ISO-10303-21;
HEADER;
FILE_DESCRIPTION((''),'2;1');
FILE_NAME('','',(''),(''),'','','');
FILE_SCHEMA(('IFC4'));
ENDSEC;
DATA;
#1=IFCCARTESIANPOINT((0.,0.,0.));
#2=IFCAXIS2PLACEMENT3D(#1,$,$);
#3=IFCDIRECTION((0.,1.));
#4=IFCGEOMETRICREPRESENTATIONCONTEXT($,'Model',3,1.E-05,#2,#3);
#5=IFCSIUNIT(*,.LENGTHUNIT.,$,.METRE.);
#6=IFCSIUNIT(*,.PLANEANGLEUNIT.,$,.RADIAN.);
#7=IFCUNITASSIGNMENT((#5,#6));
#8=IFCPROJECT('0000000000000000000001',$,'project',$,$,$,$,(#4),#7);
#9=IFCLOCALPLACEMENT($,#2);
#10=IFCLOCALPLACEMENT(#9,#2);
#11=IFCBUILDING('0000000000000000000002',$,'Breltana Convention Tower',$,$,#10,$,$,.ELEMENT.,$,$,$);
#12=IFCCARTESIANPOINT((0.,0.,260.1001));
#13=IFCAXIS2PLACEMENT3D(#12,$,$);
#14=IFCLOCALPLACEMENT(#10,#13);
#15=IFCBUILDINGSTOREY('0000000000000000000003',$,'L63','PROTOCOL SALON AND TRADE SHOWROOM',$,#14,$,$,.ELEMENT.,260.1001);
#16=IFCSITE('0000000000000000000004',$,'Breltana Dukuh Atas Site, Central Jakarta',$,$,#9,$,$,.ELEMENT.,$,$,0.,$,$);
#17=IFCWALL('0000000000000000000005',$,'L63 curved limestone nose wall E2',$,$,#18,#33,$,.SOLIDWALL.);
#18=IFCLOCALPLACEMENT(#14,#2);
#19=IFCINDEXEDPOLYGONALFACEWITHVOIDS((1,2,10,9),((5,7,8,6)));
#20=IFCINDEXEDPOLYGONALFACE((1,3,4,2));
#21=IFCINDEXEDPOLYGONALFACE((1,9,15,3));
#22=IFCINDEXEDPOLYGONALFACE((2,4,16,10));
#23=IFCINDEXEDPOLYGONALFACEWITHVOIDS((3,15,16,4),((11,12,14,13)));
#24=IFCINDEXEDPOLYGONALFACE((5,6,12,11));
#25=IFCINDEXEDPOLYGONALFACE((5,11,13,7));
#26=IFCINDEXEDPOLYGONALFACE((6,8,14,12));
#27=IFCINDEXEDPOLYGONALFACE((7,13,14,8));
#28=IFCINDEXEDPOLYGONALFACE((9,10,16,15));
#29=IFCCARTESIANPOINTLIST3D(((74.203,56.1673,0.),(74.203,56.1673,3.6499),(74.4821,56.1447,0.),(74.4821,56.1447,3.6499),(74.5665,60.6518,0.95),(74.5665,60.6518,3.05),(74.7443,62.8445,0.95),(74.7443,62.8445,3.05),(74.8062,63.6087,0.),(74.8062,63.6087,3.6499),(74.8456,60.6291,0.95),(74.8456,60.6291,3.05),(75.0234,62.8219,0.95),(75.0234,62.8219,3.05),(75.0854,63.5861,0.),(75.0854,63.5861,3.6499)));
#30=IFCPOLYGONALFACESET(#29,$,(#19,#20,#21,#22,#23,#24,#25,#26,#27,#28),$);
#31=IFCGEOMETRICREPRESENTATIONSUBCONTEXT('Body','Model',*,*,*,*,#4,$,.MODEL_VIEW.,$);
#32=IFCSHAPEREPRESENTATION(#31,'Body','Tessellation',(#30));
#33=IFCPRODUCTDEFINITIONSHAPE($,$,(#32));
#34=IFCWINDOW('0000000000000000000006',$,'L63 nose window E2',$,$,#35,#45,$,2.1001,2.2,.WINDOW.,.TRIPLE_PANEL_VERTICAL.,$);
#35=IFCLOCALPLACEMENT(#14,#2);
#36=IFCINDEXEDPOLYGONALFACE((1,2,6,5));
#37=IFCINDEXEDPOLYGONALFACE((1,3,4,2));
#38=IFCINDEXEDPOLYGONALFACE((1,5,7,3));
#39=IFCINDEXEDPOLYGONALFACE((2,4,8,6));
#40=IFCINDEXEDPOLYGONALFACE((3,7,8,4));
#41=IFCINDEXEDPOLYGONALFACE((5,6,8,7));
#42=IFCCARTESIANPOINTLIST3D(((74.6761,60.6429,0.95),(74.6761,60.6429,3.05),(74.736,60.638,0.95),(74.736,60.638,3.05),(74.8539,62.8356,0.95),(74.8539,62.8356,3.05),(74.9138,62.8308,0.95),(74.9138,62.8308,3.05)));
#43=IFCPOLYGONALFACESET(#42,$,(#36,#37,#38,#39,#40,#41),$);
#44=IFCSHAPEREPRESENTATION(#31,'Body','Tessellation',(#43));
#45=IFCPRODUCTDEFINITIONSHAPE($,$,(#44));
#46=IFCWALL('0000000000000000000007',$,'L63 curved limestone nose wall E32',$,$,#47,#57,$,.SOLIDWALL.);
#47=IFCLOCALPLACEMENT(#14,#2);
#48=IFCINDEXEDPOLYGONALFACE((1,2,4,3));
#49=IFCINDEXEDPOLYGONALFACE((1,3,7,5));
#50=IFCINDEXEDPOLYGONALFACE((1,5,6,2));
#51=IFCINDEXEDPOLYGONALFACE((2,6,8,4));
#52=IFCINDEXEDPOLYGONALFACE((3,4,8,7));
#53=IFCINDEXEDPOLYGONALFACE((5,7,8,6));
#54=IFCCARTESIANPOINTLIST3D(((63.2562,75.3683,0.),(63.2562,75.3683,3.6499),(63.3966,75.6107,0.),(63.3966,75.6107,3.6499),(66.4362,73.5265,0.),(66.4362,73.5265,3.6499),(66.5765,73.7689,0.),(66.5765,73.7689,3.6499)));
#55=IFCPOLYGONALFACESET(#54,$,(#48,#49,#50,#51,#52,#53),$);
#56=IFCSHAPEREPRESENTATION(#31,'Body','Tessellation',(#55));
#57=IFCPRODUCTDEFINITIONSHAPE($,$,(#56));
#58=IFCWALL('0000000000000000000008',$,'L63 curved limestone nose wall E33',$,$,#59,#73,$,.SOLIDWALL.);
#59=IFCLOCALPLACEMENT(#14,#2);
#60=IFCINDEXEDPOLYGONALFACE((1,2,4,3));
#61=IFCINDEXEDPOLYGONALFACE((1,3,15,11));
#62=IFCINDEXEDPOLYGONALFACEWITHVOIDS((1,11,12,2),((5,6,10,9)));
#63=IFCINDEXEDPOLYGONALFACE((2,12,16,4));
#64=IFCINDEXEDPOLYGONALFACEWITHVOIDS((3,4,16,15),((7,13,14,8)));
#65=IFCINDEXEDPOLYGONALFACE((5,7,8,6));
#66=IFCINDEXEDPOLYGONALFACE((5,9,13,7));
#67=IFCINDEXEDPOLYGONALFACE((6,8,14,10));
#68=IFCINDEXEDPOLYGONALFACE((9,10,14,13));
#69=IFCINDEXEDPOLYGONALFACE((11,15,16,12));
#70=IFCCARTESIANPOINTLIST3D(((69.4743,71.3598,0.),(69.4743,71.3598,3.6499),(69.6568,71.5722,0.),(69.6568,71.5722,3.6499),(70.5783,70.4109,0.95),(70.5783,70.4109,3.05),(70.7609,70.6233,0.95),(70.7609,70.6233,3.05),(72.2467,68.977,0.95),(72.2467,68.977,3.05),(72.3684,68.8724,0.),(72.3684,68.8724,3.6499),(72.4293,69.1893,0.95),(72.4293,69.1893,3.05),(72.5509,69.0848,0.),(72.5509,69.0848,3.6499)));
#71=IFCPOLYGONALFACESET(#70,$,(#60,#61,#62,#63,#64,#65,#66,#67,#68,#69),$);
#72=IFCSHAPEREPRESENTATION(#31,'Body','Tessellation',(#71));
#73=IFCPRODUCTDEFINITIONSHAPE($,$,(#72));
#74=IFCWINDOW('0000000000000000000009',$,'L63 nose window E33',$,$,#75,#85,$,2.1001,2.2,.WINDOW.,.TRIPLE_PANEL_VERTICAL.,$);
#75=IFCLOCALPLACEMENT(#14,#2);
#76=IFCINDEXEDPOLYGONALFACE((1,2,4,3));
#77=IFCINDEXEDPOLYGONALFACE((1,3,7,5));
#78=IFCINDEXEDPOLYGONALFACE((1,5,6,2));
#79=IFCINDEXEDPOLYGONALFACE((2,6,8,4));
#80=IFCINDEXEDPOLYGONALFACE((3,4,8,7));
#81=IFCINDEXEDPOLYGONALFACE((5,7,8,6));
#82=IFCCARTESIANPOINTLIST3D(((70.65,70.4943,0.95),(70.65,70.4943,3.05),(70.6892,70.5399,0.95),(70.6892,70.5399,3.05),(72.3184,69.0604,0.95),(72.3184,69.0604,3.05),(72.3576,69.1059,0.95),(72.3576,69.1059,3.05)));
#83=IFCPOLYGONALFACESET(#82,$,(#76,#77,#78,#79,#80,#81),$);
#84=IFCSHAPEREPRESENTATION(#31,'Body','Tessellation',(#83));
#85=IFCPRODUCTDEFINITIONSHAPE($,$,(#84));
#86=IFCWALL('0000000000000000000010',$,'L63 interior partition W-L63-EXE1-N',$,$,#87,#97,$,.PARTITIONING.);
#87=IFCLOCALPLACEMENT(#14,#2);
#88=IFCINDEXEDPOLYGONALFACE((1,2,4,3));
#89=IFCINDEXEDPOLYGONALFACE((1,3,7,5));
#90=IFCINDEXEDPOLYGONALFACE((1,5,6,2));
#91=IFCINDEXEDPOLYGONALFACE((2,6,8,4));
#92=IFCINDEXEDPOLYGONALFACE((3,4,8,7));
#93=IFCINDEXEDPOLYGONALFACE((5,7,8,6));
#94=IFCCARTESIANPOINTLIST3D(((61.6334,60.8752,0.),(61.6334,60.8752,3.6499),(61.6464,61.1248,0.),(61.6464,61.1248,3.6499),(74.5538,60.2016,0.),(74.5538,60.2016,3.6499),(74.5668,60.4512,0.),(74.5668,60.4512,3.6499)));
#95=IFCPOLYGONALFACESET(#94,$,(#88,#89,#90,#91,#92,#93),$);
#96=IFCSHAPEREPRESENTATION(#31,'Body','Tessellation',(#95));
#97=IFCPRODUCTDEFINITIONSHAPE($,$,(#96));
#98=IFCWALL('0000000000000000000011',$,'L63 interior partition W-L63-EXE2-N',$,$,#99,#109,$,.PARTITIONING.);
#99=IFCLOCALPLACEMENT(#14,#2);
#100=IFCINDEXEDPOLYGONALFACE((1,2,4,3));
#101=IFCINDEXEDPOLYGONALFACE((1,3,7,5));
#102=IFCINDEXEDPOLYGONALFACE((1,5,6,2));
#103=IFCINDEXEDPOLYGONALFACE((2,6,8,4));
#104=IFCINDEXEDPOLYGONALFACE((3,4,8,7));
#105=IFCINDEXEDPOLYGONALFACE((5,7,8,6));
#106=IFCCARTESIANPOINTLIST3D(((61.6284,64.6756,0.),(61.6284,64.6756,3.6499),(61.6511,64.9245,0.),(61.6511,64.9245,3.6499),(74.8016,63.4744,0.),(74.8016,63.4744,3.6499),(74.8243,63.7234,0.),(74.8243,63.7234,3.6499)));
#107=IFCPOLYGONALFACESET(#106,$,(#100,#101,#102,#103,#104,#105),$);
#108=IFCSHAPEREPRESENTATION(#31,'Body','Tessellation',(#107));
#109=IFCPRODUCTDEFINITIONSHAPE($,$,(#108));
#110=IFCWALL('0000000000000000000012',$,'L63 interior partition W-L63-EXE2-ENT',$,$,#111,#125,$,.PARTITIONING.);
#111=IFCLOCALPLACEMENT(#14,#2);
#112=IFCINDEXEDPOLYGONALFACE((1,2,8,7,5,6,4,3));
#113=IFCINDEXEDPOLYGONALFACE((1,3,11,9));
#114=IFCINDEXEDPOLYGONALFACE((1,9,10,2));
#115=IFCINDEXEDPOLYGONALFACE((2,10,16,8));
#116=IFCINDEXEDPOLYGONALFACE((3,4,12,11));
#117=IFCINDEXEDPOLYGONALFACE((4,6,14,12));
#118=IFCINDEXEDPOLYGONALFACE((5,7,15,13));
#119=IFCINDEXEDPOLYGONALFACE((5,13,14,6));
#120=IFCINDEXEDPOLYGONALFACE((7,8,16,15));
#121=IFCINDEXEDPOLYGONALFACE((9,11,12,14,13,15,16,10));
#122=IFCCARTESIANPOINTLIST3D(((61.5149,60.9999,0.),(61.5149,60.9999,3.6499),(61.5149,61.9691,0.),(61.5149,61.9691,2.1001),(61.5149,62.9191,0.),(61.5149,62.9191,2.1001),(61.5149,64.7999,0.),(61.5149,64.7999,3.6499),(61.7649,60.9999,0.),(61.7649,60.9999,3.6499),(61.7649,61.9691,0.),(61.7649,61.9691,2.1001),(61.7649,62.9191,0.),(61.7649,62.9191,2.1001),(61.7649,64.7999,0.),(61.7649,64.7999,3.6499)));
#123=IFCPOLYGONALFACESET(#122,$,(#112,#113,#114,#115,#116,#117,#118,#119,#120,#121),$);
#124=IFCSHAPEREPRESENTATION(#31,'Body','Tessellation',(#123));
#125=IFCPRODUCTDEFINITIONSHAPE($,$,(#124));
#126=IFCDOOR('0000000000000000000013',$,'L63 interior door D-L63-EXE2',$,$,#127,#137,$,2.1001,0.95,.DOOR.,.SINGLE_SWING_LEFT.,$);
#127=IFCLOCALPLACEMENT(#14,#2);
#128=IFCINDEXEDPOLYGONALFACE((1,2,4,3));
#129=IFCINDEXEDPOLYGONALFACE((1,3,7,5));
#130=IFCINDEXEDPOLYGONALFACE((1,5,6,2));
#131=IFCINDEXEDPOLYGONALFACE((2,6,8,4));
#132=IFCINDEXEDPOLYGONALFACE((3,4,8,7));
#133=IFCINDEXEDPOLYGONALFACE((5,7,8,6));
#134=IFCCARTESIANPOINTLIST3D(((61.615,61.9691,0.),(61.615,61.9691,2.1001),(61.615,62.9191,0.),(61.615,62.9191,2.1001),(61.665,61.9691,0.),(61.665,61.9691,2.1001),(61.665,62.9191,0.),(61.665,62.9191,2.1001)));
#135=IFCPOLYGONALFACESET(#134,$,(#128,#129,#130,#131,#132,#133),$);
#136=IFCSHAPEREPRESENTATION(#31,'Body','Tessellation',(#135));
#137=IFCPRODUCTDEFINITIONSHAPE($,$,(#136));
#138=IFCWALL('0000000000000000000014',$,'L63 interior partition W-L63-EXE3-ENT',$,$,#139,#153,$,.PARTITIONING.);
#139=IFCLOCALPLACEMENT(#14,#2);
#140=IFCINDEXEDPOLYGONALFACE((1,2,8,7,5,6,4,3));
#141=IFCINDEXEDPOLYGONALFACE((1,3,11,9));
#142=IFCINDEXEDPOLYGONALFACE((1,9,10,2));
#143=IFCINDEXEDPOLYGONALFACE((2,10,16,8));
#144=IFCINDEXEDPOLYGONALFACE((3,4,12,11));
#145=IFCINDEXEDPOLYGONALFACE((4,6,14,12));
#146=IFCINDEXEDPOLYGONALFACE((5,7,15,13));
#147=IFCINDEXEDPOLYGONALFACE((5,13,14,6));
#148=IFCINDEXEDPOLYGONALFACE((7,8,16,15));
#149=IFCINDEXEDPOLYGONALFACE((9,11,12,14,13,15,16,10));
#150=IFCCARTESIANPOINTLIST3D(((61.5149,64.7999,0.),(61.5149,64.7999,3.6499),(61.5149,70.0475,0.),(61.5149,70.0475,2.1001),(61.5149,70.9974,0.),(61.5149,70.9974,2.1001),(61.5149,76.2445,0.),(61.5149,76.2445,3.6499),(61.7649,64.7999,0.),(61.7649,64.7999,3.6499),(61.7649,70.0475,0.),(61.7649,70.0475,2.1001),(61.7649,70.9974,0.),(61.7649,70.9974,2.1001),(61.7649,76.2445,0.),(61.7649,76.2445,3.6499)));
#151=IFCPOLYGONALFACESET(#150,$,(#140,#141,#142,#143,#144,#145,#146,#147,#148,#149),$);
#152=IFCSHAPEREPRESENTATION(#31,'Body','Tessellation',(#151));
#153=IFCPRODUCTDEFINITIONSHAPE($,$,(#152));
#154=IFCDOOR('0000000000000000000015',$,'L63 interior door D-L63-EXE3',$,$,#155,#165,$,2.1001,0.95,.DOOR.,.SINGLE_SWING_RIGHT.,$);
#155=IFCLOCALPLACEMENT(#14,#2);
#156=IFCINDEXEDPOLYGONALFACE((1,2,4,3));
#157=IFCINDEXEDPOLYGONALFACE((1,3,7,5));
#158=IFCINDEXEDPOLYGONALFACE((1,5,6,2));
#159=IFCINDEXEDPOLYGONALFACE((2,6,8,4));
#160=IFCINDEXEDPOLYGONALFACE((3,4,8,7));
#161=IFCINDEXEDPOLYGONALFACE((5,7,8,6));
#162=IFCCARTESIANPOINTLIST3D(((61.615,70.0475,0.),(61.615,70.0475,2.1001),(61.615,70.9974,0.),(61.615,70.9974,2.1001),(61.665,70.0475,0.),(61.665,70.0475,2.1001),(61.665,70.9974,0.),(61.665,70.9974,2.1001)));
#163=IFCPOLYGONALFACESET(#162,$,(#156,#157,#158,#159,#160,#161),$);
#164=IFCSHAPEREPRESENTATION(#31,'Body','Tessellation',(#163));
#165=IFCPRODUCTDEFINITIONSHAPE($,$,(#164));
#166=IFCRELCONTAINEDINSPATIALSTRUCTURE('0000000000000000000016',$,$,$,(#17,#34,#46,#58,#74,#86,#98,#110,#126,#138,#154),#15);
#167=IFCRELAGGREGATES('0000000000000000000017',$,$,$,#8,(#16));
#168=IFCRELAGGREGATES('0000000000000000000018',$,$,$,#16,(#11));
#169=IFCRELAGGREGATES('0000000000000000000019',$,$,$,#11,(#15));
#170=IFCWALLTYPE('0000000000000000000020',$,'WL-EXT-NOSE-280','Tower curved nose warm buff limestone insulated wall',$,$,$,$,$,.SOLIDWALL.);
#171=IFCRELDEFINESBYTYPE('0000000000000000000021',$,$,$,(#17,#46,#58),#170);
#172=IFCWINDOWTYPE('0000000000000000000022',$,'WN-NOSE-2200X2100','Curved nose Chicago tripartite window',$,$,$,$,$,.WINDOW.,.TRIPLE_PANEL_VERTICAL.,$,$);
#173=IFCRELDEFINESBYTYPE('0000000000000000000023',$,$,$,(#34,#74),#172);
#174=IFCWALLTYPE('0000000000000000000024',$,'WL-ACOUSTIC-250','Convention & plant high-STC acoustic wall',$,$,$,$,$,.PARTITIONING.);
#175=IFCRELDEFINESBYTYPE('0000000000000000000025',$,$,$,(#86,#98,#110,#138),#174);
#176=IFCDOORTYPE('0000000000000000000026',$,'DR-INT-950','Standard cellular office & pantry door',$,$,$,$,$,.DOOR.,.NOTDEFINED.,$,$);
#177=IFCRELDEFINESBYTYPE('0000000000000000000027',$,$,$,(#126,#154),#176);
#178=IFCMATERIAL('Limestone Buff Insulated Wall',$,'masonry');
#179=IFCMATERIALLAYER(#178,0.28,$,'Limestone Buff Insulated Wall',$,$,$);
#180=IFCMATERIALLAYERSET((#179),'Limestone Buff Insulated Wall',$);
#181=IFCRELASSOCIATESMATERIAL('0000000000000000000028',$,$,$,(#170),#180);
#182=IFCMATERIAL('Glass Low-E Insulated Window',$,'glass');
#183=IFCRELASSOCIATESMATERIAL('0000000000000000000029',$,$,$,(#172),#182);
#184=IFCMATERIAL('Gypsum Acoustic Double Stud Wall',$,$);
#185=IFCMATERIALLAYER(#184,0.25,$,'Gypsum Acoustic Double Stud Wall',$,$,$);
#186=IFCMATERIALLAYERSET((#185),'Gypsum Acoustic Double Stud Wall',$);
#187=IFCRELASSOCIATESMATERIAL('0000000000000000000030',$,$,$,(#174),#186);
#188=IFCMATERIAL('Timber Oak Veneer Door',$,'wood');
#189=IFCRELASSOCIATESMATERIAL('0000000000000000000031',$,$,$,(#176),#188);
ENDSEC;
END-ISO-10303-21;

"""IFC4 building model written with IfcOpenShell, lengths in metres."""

from ifc_helpers import new_model, si_unit, direction, frame, frame_2d, origin, place, context, subcontext, project, spatial, rectangle, extrude, source, transform, mapped, material, layer, layer_set, type_object, type_shapes, element, fill, save


model = new_model("IFC4")

# Units and contexts
model_context = context("Model", 3, precision=1e-05, world=origin(), true_north=direction((0.0, 1.0)))
body_context = subcontext(model_context, "Body", "Model", "MODEL_VIEW")
ifc_project = project(units=[si_unit("LENGTHUNIT", "METRE"), si_unit("PLANEANGLEUNIT", "RADIAN")], contexts=[model_context])

# Site, building, storey
site_placement = place(None, origin())
site = spatial("IfcSite", under=ifc_project, at=site_placement, Name="Breltana Dukuh Atas Site, Central Jakarta", CompositionType="ELEMENT", RefElevation=0.0)
building_placement = place(site_placement, origin())
building = spatial("IfcBuilding", under=site, at=building_placement, Name="Breltana Convention Tower", CompositionType="ELEMENT")
storey_placement = place(building_placement, frame((0.0, 0.0, 260.1001)))
storey = spatial("IfcBuildingStorey", under=building, at=storey_placement, Name="L63", Description="PROTOCOL SALON AND TRADE SHOWROOM", CompositionType="ELEMENT", Elevation=260.1001)

# Wall, opening, window
ifc_material_1 = material(Name="Limestone Buff Insulated Wall", Category="masonry")
ifc_layer_1 = layer(ifc_material_1, 0.28, Name="Limestone Buff Insulated Wall")
ifc_layer_set_1 = layer_set([ifc_layer_1], Name="Limestone Buff Insulated Wall")
wall_type_1 = type_object("IfcWallType", Name="WL-EXT-NOSE-280", Description="Tower curved nose warm buff limestone insulated wall", PredefinedType="SOLIDWALL", material=ifc_layer_set_1)
ifc_material_2 = material(Name="Glass Low-E Insulated Window", Category="glass")
window_type = type_object("IfcWindowType", Name="WN-NOSE-2200X2100", Description="Curved nose Chicago tripartite window", PartitioningType="TRIPLE_PANEL_VERTICAL", PredefinedType="WINDOW", material=ifc_material_2)
shared_shape_1 = source(origin(), body_context, "Body", "SweptSolid", [
    extrude(rectangle(XDim=2.2, YDim=2.1001, at=frame_2d((1.1001, 1.05))), frame((0.0, 0.03, 0.0), z_axis=(0.0, -1.0, 0.0), x_axis=(1.0, 0.0, 0.0)), (0.0, 0.0, 1.0), 0.0601),
])
type_shapes(window_type, [shared_shape_1])
shared_shape_2 = source(origin(), body_context, "Body", "SweptSolid", [
    extrude(rectangle(XDim=7.4658, YDim=0.28, at=frame_2d((3.7329, 0.0))), origin(), (0.0, 0.0, 1.0), 3.6499),
])
wall_1_placement = place(storey_placement, frame((74.9458, 63.5974, 0.0), z_axis=(0.0, 0.0, 1.0), x_axis=(-0.080804, -0.99673, 0.0)))
wall_1 = element("IfcWall", 1, at=wall_1_placement, inside=storey, type_object=wall_type_1, Name="L63 curved limestone nose wall E2", PredefinedType="SOLIDWALL", context=body_context, shape_type="MappedRepresentation", body=[
    mapped(shared_shape_2, transform((0.0, 0.0, 0.0), scale=1.0)),
])
opening_1_placement = place(wall_1_placement, frame((0.7666, 0.0, 0.95)))
opening_1 = element("IfcOpeningElement", 2, at=opening_1_placement, cuts=wall_1, PredefinedType="OPENING", context=body_context, shape_type="SweptSolid", body=[
    extrude(rectangle(XDim=2.2, YDim=2.1001, at=frame_2d((1.1001, 1.05))), frame((0.0, 0.1499, 0.0), z_axis=(0.0, -1.0, 0.0), x_axis=(1.0, 0.0, 0.0)), (0.0, 0.0, 1.0), 0.3),
])
window_1_placement = place(opening_1_placement, origin())
window_1 = element("IfcWindow", 3, at=window_1_placement, inside=storey, type_object=window_type, Name="L63 nose window E2", OverallHeight=2.1001, OverallWidth=2.2, PartitioningType="TRIPLE_PANEL_VERTICAL", PredefinedType="WINDOW", context=body_context, shape_type="MappedRepresentation", body=[
    mapped(shared_shape_1, transform((0.0, 0.0, 0.0), scale=1.0)),
])
fill(opening_1, window_1)

# Wall
shared_shape_3 = source(origin(), body_context, "Body", "SweptSolid", [
    extrude(rectangle(XDim=3.6748, YDim=0.28, at=frame_2d((1.8374, 0.0))), origin(), (0.0, 0.0, 1.0), 3.6499),
])
wall_2_placement = place(storey_placement, frame((63.3264, 75.4895, 0.0), z_axis=(0.0, 0.0, 1.0), x_axis=(0.865334, -0.501196, 0.0)))
element("IfcWall", 4, at=wall_2_placement, inside=storey, type_object=wall_type_1, Name="L63 curved limestone nose wall E32", PredefinedType="SOLIDWALL", context=body_context, shape_type="MappedRepresentation", body=[
    mapped(shared_shape_3, transform((0.0, 0.0, 0.0), scale=1.0)),
])

# Wall, opening, window
shared_shape_4 = source(origin(), body_context, "Body", "SweptSolid", [
    extrude(rectangle(XDim=3.8162, YDim=0.28, at=frame_2d((1.9082, 0.0))), origin(), (0.0, 0.0, 1.0), 3.6499),
])
wall_3_placement = place(storey_placement, frame((69.5654, 71.4661, 0.0), z_axis=(0.0, 0.0, 1.0), x_axis=(0.758389, -0.651802, 0.0)))
wall_3 = element("IfcWall", 5, at=wall_3_placement, inside=storey, type_object=wall_type_1, Name="L63 curved limestone nose wall E33", PredefinedType="SOLIDWALL", context=body_context, shape_type="MappedRepresentation", body=[
    mapped(shared_shape_4, transform((0.0, 0.0, 0.0), scale=1.0)),
])
opening_2_placement = place(wall_3_placement, frame((1.4558, 0.0, 0.95)))
opening_2 = element("IfcOpeningElement", 6, at=opening_2_placement, cuts=wall_3, PredefinedType="OPENING", context=body_context, shape_type="SweptSolid", body=[
    extrude(rectangle(XDim=2.2, YDim=2.1001, at=frame_2d((1.1001, 1.05))), frame((0.0, 0.1499, 0.0), z_axis=(0.0, -1.0, 0.0), x_axis=(1.0, 0.0, 0.0)), (0.0, 0.0, 1.0), 0.3),
])
window_2_placement = place(opening_2_placement, origin())
window_2 = element("IfcWindow", 7, at=window_2_placement, inside=storey, type_object=window_type, Name="L63 nose window E33", OverallHeight=2.1001, OverallWidth=2.2, PartitioningType="TRIPLE_PANEL_VERTICAL", PredefinedType="WINDOW", context=body_context, shape_type="MappedRepresentation", body=[
    mapped(shared_shape_1, transform((0.0, 0.0, 0.0), scale=1.0)),
])
fill(opening_2, window_2)

# Walls
ifc_material_3 = material(Name="Gypsum Acoustic Double Stud Wall")
ifc_layer_2 = layer(ifc_material_3, 0.25, Name="Gypsum Acoustic Double Stud Wall")
ifc_layer_set_2 = layer_set([ifc_layer_2], Name="Gypsum Acoustic Double Stud Wall")
wall_type_2 = type_object("IfcWallType", Name="WL-ACOUSTIC-250", Description="Convention & plant high-STC acoustic wall", PredefinedType="PARTITIONING", material=ifc_layer_set_2)
shared_shape_5 = source(origin(), body_context, "Body", "SweptSolid", [
    extrude(rectangle(XDim=12.938, YDim=0.25, at=frame_2d((6.469, 0.0))), origin(), (0.0, 0.0, 1.0), 3.6499),
])
wall_4_placement = place(storey_placement, frame((61.6399, 61.0, 0.0), z_axis=(0.0, 0.0, 1.0), x_axis=(0.998644, -0.052063, 0.0)))
element("IfcWall", 8, at=wall_4_placement, inside=storey, type_object=wall_type_2, Name="L63 interior partition W-L63-EXE1-N", PredefinedType="PARTITIONING", context=body_context, shape_type="MappedRepresentation", body=[
    mapped(shared_shape_5, transform((0.0, 0.0, 0.0), scale=1.0)),
])
shared_shape_6 = source(origin(), body_context, "Body", "SweptSolid", [
    extrude(rectangle(XDim=13.2278, YDim=0.25, at=frame_2d((6.6138, 0.0))), origin(), (0.0, 0.0, 1.0), 3.6499),
])
wall_5_placement = place(storey_placement, frame((61.6399, 64.8, 0.0), z_axis=(0.0, 0.0, 1.0), x_axis=(0.995869, -0.090807, 0.0)))
element("IfcWall", 9, at=wall_5_placement, inside=storey, type_object=wall_type_2, Name="L63 interior partition W-L63-EXE2-N", PredefinedType="PARTITIONING", context=body_context, shape_type="MappedRepresentation", body=[
    mapped(shared_shape_6, transform((0.0, 0.0, 0.0), scale=1.0)),
])

# Walls, openings, doors
shared_shape_7 = source(origin(), body_context, "Body", "SweptSolid", [
    extrude(rectangle(XDim=3.8, YDim=0.25, at=frame_2d((1.8999, 0.0))), origin(), (0.0, 0.0, 1.0), 3.6499),
])
wall_6_placement = place(storey_placement, frame((61.6399, 61.0, 0.0), z_axis=(0.0, 0.0, 1.0), x_axis=(0.0, 1.0, 0.0)))
wall_6 = element("IfcWall", 10, at=wall_6_placement, inside=storey, type_object=wall_type_2, Name="L63 interior partition W-L63-EXE2-ENT", PredefinedType="PARTITIONING", context=body_context, shape_type="MappedRepresentation", body=[
    mapped(shared_shape_7, transform((0.0, 0.0, 0.0), scale=1.0)),
])
opening_3_placement = place(wall_6_placement, frame((0.969, 0.0, 0.0)))
opening_3 = element("IfcOpeningElement", 11, at=opening_3_placement, cuts=wall_6, PredefinedType="OPENING", context=body_context, shape_type="SweptSolid", body=[
    extrude(rectangle(XDim=0.95, YDim=2.1001, at=frame_2d((0.4751, 1.05))), frame((0.0, 0.135, 0.0), z_axis=(0.0, -1.0, 0.0), x_axis=(1.0, 0.0, 0.0)), (0.0, 0.0, 1.0), 0.27),
])
ifc_material_4 = material(Name="Timber Oak Veneer Door", Category="wood")
door_type = type_object("IfcDoorType", Name="DR-INT-950", Description="Standard cellular office & pantry door", OperationType="NOTDEFINED", PredefinedType="DOOR", material=ifc_material_4)
shared_shape_8 = source(origin(), body_context, "Body", "SweptSolid", [
    extrude(rectangle(XDim=0.95, YDim=2.1001, at=frame_2d((0.4751, 1.05))), frame((0.0, 0.0249, 0.0), z_axis=(0.0, -1.0, 0.0), x_axis=(1.0, 0.0, 0.0)), (0.0, 0.0, 1.0), 0.05),
])
type_shapes(door_type, [shared_shape_8])
door_1_placement = place(opening_3_placement, origin())
door_1 = element("IfcDoor", 12, at=door_1_placement, inside=storey, type_object=door_type, Name="L63 interior door D-L63-EXE2", OperationType="SINGLE_SWING_LEFT", OverallHeight=2.1001, OverallWidth=0.95, PredefinedType="DOOR", context=body_context, shape_type="MappedRepresentation", body=[
    mapped(shared_shape_8, transform((0.0, 0.0, 0.0), scale=1.0)),
])
fill(opening_3, door_1)
shared_shape_9 = source(origin(), body_context, "Body", "SweptSolid", [
    extrude(rectangle(XDim=11.4446, YDim=0.25, at=frame_2d((5.7222, 0.0))), origin(), (0.0, 0.0, 1.0), 3.6499),
])
wall_7_placement = place(storey_placement, frame((61.6399, 64.8, 0.0), z_axis=(0.0, 0.0, 1.0), x_axis=(0.0, 1.0, 0.0)))
wall_7 = element("IfcWall", 13, at=wall_7_placement, inside=storey, type_object=wall_type_2, Name="L63 interior partition W-L63-EXE3-ENT", PredefinedType="PARTITIONING", context=body_context, shape_type="MappedRepresentation", body=[
    mapped(shared_shape_9, transform((0.0, 0.0, 0.0), scale=1.0)),
])
opening_4_placement = place(wall_7_placement, frame((5.2473, 0.0, 0.0)))
opening_4 = element("IfcOpeningElement", 14, at=opening_4_placement, cuts=wall_7, PredefinedType="OPENING", context=body_context, shape_type="SweptSolid", body=[
    extrude(rectangle(XDim=0.95, YDim=2.1001, at=frame_2d((0.4751, 1.05))), frame((0.0, 0.135, 0.0), z_axis=(0.0, -1.0, 0.0), x_axis=(1.0, 0.0, 0.0)), (0.0, 0.0, 1.0), 0.27),
])
door_2_placement = place(opening_4_placement, origin())
door_2 = element("IfcDoor", 15, at=door_2_placement, inside=storey, type_object=door_type, Name="L63 interior door D-L63-EXE3", OperationType="SINGLE_SWING_RIGHT", OverallHeight=2.1001, OverallWidth=0.95, PredefinedType="DOOR", context=body_context, shape_type="MappedRepresentation", body=[
    mapped(shared_shape_8, transform((0.0, 0.0, 0.0), scale=1.0)),
])
fill(opening_4, door_2)

save(model, "model.ifc")
